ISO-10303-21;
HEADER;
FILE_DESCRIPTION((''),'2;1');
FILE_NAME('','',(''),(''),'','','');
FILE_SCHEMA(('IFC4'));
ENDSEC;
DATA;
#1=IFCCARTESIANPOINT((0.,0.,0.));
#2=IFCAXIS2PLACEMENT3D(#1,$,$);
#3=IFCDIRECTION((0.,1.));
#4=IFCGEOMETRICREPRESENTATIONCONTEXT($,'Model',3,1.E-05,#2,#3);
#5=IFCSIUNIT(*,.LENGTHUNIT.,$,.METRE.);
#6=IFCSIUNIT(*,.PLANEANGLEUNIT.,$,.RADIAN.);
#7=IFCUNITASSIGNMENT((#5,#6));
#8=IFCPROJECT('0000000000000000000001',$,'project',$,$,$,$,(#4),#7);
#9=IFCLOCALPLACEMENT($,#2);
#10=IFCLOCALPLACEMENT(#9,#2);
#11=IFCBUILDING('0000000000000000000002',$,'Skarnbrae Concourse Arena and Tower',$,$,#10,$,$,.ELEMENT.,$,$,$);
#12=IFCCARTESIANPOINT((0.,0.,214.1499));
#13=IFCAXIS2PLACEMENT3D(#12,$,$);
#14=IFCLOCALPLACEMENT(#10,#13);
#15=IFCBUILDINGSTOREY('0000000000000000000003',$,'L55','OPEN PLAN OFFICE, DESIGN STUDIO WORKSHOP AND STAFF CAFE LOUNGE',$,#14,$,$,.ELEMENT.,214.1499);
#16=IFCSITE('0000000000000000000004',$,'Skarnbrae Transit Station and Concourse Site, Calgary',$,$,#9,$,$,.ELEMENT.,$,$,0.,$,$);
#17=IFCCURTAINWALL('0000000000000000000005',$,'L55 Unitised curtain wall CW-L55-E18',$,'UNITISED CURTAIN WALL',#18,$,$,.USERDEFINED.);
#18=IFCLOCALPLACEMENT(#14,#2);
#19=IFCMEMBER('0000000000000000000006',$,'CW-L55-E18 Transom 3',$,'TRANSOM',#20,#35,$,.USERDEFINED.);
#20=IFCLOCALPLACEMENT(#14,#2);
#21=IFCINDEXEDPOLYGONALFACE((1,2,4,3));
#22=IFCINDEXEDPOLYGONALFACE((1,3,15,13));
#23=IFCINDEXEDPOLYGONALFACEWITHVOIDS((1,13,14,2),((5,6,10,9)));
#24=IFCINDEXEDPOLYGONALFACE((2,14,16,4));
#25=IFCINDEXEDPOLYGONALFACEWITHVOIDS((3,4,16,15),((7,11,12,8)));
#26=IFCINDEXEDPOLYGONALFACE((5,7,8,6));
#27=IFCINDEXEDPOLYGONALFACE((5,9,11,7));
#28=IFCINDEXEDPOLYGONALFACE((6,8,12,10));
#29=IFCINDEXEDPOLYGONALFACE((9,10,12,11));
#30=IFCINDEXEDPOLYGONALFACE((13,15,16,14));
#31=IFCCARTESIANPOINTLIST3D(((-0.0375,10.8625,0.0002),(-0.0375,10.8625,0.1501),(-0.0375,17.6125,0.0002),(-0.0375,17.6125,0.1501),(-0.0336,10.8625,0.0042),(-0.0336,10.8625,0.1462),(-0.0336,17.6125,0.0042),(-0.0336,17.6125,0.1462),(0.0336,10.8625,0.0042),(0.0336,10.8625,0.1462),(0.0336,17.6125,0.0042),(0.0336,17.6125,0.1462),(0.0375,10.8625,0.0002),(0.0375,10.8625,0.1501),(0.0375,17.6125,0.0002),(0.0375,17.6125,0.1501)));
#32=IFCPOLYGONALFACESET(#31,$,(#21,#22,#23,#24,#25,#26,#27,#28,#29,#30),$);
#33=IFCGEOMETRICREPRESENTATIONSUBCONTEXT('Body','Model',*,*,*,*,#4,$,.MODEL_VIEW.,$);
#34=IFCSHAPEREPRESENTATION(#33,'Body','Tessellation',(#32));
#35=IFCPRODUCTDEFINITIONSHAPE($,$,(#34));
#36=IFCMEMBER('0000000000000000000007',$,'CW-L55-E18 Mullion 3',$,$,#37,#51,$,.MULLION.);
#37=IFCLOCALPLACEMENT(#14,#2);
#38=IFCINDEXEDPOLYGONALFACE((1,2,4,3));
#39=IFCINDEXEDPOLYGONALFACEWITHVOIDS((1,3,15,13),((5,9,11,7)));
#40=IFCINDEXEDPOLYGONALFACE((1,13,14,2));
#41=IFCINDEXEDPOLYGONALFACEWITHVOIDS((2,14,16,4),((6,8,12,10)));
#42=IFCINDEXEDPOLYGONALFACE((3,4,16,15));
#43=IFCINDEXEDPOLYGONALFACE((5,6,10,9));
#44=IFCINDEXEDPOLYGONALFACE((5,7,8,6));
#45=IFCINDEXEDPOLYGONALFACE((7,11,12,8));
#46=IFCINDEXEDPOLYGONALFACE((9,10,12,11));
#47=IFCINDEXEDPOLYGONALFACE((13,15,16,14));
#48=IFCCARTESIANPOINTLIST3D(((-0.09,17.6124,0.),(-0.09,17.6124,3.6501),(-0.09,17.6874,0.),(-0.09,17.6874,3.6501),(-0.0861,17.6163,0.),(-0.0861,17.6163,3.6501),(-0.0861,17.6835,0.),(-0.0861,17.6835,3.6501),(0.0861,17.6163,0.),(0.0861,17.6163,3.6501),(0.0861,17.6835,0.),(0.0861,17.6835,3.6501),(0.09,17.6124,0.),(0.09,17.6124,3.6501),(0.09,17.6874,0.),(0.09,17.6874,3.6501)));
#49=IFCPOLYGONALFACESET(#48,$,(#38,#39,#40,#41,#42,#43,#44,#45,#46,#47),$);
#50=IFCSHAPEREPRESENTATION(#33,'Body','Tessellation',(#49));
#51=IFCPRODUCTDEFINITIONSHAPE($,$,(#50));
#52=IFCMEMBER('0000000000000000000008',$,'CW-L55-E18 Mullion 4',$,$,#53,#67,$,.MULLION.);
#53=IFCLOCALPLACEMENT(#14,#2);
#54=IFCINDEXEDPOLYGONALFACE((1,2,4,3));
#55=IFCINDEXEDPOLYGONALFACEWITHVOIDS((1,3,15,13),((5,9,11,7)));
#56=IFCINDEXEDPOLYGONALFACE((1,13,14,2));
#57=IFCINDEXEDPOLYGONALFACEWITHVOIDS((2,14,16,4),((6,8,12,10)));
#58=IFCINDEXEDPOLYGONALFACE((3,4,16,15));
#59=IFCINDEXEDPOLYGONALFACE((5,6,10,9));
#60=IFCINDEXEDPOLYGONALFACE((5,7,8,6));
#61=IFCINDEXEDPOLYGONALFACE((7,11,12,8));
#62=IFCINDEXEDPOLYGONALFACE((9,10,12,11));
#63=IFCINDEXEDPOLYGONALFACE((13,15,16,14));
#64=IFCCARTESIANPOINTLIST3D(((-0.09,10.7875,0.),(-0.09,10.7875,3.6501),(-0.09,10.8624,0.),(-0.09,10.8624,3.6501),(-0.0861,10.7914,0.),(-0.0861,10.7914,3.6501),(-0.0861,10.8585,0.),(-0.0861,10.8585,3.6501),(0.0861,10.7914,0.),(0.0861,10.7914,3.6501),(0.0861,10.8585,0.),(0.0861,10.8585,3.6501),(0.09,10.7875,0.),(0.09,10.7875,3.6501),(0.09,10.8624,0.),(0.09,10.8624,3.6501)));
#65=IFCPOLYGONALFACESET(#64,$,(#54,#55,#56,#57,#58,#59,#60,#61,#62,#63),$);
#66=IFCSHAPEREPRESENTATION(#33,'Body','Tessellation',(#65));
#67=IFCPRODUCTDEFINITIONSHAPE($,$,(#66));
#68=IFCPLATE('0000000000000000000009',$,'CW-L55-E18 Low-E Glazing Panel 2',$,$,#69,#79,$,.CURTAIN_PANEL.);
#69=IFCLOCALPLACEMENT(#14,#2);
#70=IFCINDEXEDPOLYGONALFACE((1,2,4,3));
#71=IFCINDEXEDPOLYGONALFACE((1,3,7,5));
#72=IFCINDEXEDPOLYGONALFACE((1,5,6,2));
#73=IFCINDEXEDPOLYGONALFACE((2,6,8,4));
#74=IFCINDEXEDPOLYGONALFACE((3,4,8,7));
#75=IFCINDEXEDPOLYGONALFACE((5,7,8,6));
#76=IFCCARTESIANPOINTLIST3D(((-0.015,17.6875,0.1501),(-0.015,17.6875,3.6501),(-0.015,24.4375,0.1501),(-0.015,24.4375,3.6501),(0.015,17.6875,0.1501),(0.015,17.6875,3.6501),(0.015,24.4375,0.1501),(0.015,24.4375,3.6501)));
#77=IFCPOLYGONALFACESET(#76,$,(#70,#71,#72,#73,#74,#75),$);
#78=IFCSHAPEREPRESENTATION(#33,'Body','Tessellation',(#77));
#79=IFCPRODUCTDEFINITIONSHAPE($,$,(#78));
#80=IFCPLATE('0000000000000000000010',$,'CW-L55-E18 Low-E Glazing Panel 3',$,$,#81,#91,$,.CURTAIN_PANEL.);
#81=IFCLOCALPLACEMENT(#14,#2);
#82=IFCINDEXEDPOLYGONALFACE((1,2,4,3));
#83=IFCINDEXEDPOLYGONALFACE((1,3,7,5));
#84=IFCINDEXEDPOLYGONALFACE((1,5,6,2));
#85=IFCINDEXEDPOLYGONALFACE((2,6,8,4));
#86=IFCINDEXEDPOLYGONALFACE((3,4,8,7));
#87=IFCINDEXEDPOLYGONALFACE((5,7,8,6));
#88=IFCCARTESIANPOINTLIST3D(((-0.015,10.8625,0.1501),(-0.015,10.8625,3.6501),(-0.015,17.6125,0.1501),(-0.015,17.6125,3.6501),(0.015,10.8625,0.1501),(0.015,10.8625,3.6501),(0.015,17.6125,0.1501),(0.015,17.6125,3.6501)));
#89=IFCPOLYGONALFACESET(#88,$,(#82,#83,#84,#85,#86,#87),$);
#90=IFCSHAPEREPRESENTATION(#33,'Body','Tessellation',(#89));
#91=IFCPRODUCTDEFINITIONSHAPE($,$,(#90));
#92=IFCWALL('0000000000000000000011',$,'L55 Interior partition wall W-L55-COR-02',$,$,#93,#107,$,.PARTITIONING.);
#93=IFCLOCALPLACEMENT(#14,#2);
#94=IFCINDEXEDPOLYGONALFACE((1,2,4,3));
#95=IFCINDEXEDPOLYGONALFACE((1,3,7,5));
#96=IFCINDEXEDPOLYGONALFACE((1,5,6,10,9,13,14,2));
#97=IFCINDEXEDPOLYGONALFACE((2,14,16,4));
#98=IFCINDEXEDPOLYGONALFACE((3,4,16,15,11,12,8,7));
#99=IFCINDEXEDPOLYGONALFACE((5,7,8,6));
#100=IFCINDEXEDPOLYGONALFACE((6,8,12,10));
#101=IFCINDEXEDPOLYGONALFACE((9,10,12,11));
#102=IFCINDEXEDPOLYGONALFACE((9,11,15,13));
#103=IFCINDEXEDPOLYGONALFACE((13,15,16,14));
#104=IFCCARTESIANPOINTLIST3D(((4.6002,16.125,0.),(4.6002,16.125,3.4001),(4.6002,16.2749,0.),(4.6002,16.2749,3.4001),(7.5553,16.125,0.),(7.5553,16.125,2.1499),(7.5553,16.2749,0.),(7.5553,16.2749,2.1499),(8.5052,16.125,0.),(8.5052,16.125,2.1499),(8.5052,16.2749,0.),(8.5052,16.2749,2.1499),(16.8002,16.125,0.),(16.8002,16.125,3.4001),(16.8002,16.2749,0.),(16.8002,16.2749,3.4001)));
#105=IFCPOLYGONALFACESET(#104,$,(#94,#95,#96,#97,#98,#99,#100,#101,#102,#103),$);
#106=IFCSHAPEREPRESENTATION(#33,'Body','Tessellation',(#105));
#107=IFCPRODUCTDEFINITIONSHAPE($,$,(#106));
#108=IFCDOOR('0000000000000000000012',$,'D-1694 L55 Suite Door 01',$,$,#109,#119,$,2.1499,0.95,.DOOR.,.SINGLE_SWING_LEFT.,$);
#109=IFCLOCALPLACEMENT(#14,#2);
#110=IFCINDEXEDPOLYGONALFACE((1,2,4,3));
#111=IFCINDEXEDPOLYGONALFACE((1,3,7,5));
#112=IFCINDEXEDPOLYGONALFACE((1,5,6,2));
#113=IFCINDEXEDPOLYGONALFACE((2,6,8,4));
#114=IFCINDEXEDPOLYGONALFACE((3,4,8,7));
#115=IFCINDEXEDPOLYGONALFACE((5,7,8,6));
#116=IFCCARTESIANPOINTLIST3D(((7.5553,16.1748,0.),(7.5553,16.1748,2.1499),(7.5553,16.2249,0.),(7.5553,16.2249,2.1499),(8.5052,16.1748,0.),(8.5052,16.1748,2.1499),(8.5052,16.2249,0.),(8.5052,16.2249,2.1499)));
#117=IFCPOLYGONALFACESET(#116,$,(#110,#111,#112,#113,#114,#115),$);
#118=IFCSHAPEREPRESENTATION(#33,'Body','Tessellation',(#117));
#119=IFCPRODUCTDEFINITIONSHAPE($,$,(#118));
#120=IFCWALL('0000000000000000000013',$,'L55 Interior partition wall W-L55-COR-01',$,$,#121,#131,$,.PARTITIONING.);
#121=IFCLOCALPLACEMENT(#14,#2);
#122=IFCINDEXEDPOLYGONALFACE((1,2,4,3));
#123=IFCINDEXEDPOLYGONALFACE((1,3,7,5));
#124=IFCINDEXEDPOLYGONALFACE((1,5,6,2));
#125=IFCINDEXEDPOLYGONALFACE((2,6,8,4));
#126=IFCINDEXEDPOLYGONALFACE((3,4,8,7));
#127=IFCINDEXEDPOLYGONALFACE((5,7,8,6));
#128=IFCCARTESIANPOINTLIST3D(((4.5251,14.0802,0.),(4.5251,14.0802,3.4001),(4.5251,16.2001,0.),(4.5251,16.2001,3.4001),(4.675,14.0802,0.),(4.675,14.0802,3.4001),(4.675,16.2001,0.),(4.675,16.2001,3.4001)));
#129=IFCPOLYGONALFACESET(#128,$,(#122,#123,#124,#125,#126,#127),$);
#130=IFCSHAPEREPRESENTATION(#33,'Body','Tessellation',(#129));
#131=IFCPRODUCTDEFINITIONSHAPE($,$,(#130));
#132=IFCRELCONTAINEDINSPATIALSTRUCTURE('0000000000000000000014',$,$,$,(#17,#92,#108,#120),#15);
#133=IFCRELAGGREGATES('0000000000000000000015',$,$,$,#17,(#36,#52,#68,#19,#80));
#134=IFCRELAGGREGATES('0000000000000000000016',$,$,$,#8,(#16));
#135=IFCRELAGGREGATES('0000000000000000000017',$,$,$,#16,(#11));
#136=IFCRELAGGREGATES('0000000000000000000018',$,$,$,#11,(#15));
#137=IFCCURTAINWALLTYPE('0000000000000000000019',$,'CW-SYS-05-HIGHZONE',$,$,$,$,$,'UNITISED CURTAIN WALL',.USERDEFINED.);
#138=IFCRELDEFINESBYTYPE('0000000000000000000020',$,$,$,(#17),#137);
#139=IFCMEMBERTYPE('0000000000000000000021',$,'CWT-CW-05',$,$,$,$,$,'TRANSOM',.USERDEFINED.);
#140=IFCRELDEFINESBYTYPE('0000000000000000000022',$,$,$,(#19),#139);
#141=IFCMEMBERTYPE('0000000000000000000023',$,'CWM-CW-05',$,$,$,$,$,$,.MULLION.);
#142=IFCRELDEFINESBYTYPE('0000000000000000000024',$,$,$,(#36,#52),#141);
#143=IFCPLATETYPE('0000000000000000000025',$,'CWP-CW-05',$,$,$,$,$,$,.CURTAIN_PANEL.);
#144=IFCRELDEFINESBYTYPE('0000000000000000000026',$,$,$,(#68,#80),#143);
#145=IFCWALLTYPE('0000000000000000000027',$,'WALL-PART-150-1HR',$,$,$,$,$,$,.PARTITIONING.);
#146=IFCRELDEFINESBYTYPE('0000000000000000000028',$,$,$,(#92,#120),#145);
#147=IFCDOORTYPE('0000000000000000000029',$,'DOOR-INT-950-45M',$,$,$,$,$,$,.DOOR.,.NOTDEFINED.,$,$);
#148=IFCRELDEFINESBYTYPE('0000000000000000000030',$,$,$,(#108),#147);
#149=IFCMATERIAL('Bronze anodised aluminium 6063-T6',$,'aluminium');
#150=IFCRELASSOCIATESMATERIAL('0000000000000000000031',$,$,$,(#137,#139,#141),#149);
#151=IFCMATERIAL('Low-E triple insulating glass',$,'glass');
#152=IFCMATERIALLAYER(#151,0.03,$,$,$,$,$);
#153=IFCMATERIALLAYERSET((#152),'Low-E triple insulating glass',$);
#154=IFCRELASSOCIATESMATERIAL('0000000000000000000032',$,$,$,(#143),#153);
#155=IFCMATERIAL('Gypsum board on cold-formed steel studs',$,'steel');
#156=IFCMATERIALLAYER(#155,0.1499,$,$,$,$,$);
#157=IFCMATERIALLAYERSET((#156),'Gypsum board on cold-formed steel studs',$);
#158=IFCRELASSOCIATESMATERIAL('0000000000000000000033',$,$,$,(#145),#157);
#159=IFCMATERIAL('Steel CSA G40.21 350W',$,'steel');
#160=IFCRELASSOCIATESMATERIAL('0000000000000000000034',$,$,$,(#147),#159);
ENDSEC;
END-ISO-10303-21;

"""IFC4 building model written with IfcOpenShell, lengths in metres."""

from ifc_helpers import new_model, si_unit, direction, frame, frame_2d, origin, origin_2d, place, context, subcontext, project, spatial, rectangle, hollow_rectangle, extrude, source, transform, mapped, material, layer, layer_set, material_profile, profile_set, type_object, element, fill, aggregate, save


model = new_model("IFC4")

# Units and contexts
model_context = context("Model", 3, precision=1e-05, world=origin(), true_north=direction((0.0, 1.0)))
body_context = subcontext(model_context, "Body", "Model", "MODEL_VIEW")
ifc_project = project(units=[si_unit("LENGTHUNIT", "METRE"), si_unit("PLANEANGLEUNIT", "RADIAN")], contexts=[model_context])

# Site, building, storey
site_placement = place(None, origin())
site = spatial("IfcSite", under=ifc_project, at=site_placement, Name="Skarnbrae Transit Station and Concourse Site, Calgary", CompositionType="ELEMENT", RefElevation=0.0)
building_placement = place(site_placement, origin())
building = spatial("IfcBuilding", under=site, at=building_placement, Name="Skarnbrae Concourse Arena and Tower", CompositionType="ELEMENT")
storey_placement = place(building_placement, frame((0.0, 0.0, 214.1499)))
storey = spatial("IfcBuildingStorey", under=building, at=storey_placement, Name="L55", Description="OPEN PLAN OFFICE, DESIGN STUDIO WORKSHOP AND STAFF CAFE LOUNGE", CompositionType="ELEMENT", Elevation=214.1499)

# Shared definitions
ifc_material_1 = material(Name="Steel CSA G40.21 350W", Category="steel")

# Curtain wall, members, plates
ifc_material_2 = material(Name="Bronze anodised aluminium 6063-T6", Category="aluminium")
curtain_wall_type = type_object("IfcCurtainWallType", Name="CW-SYS-05-HIGHZONE", ElementType="UNITISED CURTAIN WALL", PredefinedType="USERDEFINED", material=ifc_material_2)
curtain_wall_placement = place(storey_placement, origin())
curtain_wall = element("IfcCurtainWall", 1, at=curtain_wall_placement, inside=storey, type_object=curtain_wall_type, Name="L55 Unitised curtain wall CW-L55-E18", ObjectType="UNITISED CURTAIN WALL", PredefinedType="USERDEFINED")
ifc_material_profile_1 = material_profile(ifc_material_2, hollow_rectangle(XDim=0.075, YDim=0.1499, WallThickness=0.0039, at=origin_2d()), Name="ALU-TRAN-75X150")
ifc_profile_set_1 = profile_set([ifc_material_profile_1], Name="Bronze anodised aluminium 6063-T6")
member_type_1 = type_object("IfcMemberType", Name="CWT-CW-05", ElementType="TRANSOM", PredefinedType="USERDEFINED", material=ifc_profile_set_1)
shared_shape_1 = source(origin(), body_context, "Body", "SweptSolid", [
    extrude(hollow_rectangle(XDim=0.075, YDim=0.1499, WallThickness=0.0039, at=origin_2d()), origin(), (0.0, 0.0, 1.0), 6.75),
])
member_1_placement = place(storey_placement, frame((0.0, 17.6125, 0.0752), z_axis=(0.0, -1.0, 0.0), x_axis=(1.0, 0.0, 0.0)))
member_1 = element("IfcMember", 2, at=member_1_placement, type_object=member_type_1, Name="CW-L55-E18 Transom 3", ObjectType="TRANSOM", PredefinedType="USERDEFINED", context=body_context, shape_type="MappedRepresentation", body=[
    mapped(shared_shape_1, transform((0.0, 0.0, 0.0))),
])
ifc_material_profile_2 = material_profile(ifc_material_2, hollow_rectangle(XDim=0.075, YDim=0.1799, WallThickness=0.0039, at=origin_2d()), Name="ALU-MULL-75X180")
ifc_profile_set_2 = profile_set([ifc_material_profile_2], Name="Bronze anodised aluminium 6063-T6")
member_type_2 = type_object("IfcMemberType", Name="CWM-CW-05", PredefinedType="MULLION", material=ifc_profile_set_2)
shared_shape_2 = source(origin(), body_context, "Body", "SweptSolid", [
    extrude(hollow_rectangle(XDim=0.075, YDim=0.1799, WallThickness=0.0039, at=origin_2d()), origin(), (0.0, 0.0, 1.0), 3.6501),
])
member_2_placement = place(storey_placement, frame((0.0, 17.6499, 0.0), z_axis=(0.0, 0.0, 1.0), x_axis=(0.0, -1.0, 0.0)))
member_2 = element("IfcMember", 3, at=member_2_placement, type_object=member_type_2, Name="CW-L55-E18 Mullion 3", PredefinedType="MULLION", context=body_context, shape_type="MappedRepresentation", body=[
    mapped(shared_shape_2, transform((0.0, 0.0, 0.0))),
])
member_3_placement = place(storey_placement, frame((0.0, 10.825, 0.0), z_axis=(0.0, 0.0, 1.0), x_axis=(0.0, -1.0, 0.0)))
member_3 = element("IfcMember", 4, at=member_3_placement, type_object=member_type_2, Name="CW-L55-E18 Mullion 4", PredefinedType="MULLION", context=body_context, shape_type="MappedRepresentation", body=[
    mapped(shared_shape_2, transform((0.0, 0.0, 0.0))),
])
ifc_material_3 = material(Name="Low-E triple insulating glass", Category="glass")
ifc_layer_1 = layer(ifc_material_3, 0.03)
ifc_layer_set_1 = layer_set([ifc_layer_1], Name="Low-E triple insulating glass")
plate_type = type_object("IfcPlateType", Name="CWP-CW-05", PredefinedType="CURTAIN_PANEL", material=ifc_layer_set_1)
shared_shape_3 = source(origin(), body_context, "Body", "SweptSolid", [
    extrude(rectangle(XDim=6.75, YDim=0.03, at=origin_2d()), origin(), (0.0, 0.0, 1.0), 3.5),
])
plate_1_placement = place(storey_placement, frame((0.0, 21.0625, 0.1501), z_axis=(0.0, 0.0, 1.0), x_axis=(0.0, -1.0, 0.0)))
plate_1 = element("IfcPlate", 5, at=plate_1_placement, type_object=plate_type, Name="CW-L55-E18 Low-E Glazing Panel 2", PredefinedType="CURTAIN_PANEL", context=body_context, shape_type="MappedRepresentation", body=[
    mapped(shared_shape_3, transform((0.0, 0.0, 0.0))),
])
plate_2_placement = place(storey_placement, frame((0.0, 14.2375, 0.1501), z_axis=(0.0, 0.0, 1.0), x_axis=(0.0, -1.0, 0.0)))
plate_2 = element("IfcPlate", 6, at=plate_2_placement, type_object=plate_type, Name="CW-L55-E18 Low-E Glazing Panel 3", PredefinedType="CURTAIN_PANEL", context=body_context, shape_type="MappedRepresentation", body=[
    mapped(shared_shape_3, transform((0.0, 0.0, 0.0))),
])
aggregate(curtain_wall, [member_2, member_3, plate_1, member_1, plate_2])

# Wall, opening, door
ifc_material_4 = material(Name="Gypsum board on cold-formed steel studs", Category="steel")
ifc_layer_2 = layer(ifc_material_4, 0.1499)
ifc_layer_set_2 = layer_set([ifc_layer_2], Name="Gypsum board on cold-formed steel studs")
wall_type_1 = type_object("IfcWallType", Name="WALL-PART-150-1HR", PredefinedType="PARTITIONING", material=ifc_layer_set_2)
shared_shape_4 = source(origin(), body_context, "Body", "SweptSolid", [
    extrude(rectangle(XDim=12.2, YDim=0.1499, at=frame_2d((6.1001, 0.0))), origin(), (0.0, 0.0, 1.0), 3.4001),
])
wall_1_placement = place(storey_placement, frame((4.6001, 16.2, 0.0), z_axis=(0.0, 0.0, 1.0), x_axis=(1.0, 0.0, 0.0)))
wall_1 = element("IfcWall", 7, at=wall_1_placement, inside=storey, type_object=wall_type_1, Name="L55 Interior partition wall W-L55-COR-02", PredefinedType="PARTITIONING", context=body_context, shape_type="MappedRepresentation", body=[
    mapped(shared_shape_4, transform((0.0, 0.0, 0.0))),
])
opening_1_placement = place(wall_1_placement, frame((2.9551, 0.0, 0.0)))
opening_1 = element("IfcOpeningElement", 8, at=opening_1_placement, cuts=wall_1, PredefinedType="OPENING", context=body_context, shape_type="SweptSolid", body=[
    extrude(rectangle(XDim=0.95, YDim=2.1499, at=frame_2d((0.4751, 1.075))), frame((0.0, 0.085, 0.0), z_axis=(0.0, -1.0, 0.0), x_axis=(1.0, 0.0, 0.0)), (0.0, 0.0, 1.0), 0.1699),
])
door_type_1 = type_object("IfcDoorType", Name="DOOR-INT-950-45M", OperationType="NOTDEFINED", PredefinedType="DOOR", material=ifc_material_1)
shared_shape_5 = source(origin(), body_context, "Body", "SweptSolid", [
    extrude(rectangle(XDim=0.95, YDim=2.1499, at=frame_2d((0.4751, 1.075))), frame((0.0, 0.0249, 0.0), z_axis=(0.0, -1.0, 0.0), x_axis=(1.0, 0.0, 0.0)), (0.0, 0.0, 1.0), 0.05),
])
door_1_placement = place(opening_1_placement, origin())
door_1 = element("IfcDoor", 9, at=door_1_placement, inside=storey, type_object=door_type_1, Name="D-1694 L55 Suite Door 01", OperationType="SINGLE_SWING_LEFT", OverallHeight=2.1499, OverallWidth=0.95, PredefinedType="DOOR", context=body_context, shape_type="MappedRepresentation", body=[
    mapped(shared_shape_5, transform((0.0, 0.0, 0.0))),
])
fill(opening_1, door_1)

# Wall
shared_shape_6 = source(origin(), body_context, "Body", "SweptSolid", [
    extrude(rectangle(XDim=2.1199, YDim=0.1499, at=frame_2d((1.0601, 0.0))), origin(), (0.0, 0.0, 1.0), 3.4001),
])
wall_2_placement = place(storey_placement, frame((4.6001, 14.0801, 0.0), z_axis=(0.0, 0.0, 1.0), x_axis=(0.0, 1.0, 0.0)))
element("IfcWall", 10, at=wall_2_placement, inside=storey, type_object=wall_type_1, Name="L55 Interior partition wall W-L55-COR-01", PredefinedType="PARTITIONING", context=body_context, shape_type="MappedRepresentation", body=[
    mapped(shared_shape_6, transform((0.0, 0.0, 0.0))),
])

save(model, "model.ifc")
